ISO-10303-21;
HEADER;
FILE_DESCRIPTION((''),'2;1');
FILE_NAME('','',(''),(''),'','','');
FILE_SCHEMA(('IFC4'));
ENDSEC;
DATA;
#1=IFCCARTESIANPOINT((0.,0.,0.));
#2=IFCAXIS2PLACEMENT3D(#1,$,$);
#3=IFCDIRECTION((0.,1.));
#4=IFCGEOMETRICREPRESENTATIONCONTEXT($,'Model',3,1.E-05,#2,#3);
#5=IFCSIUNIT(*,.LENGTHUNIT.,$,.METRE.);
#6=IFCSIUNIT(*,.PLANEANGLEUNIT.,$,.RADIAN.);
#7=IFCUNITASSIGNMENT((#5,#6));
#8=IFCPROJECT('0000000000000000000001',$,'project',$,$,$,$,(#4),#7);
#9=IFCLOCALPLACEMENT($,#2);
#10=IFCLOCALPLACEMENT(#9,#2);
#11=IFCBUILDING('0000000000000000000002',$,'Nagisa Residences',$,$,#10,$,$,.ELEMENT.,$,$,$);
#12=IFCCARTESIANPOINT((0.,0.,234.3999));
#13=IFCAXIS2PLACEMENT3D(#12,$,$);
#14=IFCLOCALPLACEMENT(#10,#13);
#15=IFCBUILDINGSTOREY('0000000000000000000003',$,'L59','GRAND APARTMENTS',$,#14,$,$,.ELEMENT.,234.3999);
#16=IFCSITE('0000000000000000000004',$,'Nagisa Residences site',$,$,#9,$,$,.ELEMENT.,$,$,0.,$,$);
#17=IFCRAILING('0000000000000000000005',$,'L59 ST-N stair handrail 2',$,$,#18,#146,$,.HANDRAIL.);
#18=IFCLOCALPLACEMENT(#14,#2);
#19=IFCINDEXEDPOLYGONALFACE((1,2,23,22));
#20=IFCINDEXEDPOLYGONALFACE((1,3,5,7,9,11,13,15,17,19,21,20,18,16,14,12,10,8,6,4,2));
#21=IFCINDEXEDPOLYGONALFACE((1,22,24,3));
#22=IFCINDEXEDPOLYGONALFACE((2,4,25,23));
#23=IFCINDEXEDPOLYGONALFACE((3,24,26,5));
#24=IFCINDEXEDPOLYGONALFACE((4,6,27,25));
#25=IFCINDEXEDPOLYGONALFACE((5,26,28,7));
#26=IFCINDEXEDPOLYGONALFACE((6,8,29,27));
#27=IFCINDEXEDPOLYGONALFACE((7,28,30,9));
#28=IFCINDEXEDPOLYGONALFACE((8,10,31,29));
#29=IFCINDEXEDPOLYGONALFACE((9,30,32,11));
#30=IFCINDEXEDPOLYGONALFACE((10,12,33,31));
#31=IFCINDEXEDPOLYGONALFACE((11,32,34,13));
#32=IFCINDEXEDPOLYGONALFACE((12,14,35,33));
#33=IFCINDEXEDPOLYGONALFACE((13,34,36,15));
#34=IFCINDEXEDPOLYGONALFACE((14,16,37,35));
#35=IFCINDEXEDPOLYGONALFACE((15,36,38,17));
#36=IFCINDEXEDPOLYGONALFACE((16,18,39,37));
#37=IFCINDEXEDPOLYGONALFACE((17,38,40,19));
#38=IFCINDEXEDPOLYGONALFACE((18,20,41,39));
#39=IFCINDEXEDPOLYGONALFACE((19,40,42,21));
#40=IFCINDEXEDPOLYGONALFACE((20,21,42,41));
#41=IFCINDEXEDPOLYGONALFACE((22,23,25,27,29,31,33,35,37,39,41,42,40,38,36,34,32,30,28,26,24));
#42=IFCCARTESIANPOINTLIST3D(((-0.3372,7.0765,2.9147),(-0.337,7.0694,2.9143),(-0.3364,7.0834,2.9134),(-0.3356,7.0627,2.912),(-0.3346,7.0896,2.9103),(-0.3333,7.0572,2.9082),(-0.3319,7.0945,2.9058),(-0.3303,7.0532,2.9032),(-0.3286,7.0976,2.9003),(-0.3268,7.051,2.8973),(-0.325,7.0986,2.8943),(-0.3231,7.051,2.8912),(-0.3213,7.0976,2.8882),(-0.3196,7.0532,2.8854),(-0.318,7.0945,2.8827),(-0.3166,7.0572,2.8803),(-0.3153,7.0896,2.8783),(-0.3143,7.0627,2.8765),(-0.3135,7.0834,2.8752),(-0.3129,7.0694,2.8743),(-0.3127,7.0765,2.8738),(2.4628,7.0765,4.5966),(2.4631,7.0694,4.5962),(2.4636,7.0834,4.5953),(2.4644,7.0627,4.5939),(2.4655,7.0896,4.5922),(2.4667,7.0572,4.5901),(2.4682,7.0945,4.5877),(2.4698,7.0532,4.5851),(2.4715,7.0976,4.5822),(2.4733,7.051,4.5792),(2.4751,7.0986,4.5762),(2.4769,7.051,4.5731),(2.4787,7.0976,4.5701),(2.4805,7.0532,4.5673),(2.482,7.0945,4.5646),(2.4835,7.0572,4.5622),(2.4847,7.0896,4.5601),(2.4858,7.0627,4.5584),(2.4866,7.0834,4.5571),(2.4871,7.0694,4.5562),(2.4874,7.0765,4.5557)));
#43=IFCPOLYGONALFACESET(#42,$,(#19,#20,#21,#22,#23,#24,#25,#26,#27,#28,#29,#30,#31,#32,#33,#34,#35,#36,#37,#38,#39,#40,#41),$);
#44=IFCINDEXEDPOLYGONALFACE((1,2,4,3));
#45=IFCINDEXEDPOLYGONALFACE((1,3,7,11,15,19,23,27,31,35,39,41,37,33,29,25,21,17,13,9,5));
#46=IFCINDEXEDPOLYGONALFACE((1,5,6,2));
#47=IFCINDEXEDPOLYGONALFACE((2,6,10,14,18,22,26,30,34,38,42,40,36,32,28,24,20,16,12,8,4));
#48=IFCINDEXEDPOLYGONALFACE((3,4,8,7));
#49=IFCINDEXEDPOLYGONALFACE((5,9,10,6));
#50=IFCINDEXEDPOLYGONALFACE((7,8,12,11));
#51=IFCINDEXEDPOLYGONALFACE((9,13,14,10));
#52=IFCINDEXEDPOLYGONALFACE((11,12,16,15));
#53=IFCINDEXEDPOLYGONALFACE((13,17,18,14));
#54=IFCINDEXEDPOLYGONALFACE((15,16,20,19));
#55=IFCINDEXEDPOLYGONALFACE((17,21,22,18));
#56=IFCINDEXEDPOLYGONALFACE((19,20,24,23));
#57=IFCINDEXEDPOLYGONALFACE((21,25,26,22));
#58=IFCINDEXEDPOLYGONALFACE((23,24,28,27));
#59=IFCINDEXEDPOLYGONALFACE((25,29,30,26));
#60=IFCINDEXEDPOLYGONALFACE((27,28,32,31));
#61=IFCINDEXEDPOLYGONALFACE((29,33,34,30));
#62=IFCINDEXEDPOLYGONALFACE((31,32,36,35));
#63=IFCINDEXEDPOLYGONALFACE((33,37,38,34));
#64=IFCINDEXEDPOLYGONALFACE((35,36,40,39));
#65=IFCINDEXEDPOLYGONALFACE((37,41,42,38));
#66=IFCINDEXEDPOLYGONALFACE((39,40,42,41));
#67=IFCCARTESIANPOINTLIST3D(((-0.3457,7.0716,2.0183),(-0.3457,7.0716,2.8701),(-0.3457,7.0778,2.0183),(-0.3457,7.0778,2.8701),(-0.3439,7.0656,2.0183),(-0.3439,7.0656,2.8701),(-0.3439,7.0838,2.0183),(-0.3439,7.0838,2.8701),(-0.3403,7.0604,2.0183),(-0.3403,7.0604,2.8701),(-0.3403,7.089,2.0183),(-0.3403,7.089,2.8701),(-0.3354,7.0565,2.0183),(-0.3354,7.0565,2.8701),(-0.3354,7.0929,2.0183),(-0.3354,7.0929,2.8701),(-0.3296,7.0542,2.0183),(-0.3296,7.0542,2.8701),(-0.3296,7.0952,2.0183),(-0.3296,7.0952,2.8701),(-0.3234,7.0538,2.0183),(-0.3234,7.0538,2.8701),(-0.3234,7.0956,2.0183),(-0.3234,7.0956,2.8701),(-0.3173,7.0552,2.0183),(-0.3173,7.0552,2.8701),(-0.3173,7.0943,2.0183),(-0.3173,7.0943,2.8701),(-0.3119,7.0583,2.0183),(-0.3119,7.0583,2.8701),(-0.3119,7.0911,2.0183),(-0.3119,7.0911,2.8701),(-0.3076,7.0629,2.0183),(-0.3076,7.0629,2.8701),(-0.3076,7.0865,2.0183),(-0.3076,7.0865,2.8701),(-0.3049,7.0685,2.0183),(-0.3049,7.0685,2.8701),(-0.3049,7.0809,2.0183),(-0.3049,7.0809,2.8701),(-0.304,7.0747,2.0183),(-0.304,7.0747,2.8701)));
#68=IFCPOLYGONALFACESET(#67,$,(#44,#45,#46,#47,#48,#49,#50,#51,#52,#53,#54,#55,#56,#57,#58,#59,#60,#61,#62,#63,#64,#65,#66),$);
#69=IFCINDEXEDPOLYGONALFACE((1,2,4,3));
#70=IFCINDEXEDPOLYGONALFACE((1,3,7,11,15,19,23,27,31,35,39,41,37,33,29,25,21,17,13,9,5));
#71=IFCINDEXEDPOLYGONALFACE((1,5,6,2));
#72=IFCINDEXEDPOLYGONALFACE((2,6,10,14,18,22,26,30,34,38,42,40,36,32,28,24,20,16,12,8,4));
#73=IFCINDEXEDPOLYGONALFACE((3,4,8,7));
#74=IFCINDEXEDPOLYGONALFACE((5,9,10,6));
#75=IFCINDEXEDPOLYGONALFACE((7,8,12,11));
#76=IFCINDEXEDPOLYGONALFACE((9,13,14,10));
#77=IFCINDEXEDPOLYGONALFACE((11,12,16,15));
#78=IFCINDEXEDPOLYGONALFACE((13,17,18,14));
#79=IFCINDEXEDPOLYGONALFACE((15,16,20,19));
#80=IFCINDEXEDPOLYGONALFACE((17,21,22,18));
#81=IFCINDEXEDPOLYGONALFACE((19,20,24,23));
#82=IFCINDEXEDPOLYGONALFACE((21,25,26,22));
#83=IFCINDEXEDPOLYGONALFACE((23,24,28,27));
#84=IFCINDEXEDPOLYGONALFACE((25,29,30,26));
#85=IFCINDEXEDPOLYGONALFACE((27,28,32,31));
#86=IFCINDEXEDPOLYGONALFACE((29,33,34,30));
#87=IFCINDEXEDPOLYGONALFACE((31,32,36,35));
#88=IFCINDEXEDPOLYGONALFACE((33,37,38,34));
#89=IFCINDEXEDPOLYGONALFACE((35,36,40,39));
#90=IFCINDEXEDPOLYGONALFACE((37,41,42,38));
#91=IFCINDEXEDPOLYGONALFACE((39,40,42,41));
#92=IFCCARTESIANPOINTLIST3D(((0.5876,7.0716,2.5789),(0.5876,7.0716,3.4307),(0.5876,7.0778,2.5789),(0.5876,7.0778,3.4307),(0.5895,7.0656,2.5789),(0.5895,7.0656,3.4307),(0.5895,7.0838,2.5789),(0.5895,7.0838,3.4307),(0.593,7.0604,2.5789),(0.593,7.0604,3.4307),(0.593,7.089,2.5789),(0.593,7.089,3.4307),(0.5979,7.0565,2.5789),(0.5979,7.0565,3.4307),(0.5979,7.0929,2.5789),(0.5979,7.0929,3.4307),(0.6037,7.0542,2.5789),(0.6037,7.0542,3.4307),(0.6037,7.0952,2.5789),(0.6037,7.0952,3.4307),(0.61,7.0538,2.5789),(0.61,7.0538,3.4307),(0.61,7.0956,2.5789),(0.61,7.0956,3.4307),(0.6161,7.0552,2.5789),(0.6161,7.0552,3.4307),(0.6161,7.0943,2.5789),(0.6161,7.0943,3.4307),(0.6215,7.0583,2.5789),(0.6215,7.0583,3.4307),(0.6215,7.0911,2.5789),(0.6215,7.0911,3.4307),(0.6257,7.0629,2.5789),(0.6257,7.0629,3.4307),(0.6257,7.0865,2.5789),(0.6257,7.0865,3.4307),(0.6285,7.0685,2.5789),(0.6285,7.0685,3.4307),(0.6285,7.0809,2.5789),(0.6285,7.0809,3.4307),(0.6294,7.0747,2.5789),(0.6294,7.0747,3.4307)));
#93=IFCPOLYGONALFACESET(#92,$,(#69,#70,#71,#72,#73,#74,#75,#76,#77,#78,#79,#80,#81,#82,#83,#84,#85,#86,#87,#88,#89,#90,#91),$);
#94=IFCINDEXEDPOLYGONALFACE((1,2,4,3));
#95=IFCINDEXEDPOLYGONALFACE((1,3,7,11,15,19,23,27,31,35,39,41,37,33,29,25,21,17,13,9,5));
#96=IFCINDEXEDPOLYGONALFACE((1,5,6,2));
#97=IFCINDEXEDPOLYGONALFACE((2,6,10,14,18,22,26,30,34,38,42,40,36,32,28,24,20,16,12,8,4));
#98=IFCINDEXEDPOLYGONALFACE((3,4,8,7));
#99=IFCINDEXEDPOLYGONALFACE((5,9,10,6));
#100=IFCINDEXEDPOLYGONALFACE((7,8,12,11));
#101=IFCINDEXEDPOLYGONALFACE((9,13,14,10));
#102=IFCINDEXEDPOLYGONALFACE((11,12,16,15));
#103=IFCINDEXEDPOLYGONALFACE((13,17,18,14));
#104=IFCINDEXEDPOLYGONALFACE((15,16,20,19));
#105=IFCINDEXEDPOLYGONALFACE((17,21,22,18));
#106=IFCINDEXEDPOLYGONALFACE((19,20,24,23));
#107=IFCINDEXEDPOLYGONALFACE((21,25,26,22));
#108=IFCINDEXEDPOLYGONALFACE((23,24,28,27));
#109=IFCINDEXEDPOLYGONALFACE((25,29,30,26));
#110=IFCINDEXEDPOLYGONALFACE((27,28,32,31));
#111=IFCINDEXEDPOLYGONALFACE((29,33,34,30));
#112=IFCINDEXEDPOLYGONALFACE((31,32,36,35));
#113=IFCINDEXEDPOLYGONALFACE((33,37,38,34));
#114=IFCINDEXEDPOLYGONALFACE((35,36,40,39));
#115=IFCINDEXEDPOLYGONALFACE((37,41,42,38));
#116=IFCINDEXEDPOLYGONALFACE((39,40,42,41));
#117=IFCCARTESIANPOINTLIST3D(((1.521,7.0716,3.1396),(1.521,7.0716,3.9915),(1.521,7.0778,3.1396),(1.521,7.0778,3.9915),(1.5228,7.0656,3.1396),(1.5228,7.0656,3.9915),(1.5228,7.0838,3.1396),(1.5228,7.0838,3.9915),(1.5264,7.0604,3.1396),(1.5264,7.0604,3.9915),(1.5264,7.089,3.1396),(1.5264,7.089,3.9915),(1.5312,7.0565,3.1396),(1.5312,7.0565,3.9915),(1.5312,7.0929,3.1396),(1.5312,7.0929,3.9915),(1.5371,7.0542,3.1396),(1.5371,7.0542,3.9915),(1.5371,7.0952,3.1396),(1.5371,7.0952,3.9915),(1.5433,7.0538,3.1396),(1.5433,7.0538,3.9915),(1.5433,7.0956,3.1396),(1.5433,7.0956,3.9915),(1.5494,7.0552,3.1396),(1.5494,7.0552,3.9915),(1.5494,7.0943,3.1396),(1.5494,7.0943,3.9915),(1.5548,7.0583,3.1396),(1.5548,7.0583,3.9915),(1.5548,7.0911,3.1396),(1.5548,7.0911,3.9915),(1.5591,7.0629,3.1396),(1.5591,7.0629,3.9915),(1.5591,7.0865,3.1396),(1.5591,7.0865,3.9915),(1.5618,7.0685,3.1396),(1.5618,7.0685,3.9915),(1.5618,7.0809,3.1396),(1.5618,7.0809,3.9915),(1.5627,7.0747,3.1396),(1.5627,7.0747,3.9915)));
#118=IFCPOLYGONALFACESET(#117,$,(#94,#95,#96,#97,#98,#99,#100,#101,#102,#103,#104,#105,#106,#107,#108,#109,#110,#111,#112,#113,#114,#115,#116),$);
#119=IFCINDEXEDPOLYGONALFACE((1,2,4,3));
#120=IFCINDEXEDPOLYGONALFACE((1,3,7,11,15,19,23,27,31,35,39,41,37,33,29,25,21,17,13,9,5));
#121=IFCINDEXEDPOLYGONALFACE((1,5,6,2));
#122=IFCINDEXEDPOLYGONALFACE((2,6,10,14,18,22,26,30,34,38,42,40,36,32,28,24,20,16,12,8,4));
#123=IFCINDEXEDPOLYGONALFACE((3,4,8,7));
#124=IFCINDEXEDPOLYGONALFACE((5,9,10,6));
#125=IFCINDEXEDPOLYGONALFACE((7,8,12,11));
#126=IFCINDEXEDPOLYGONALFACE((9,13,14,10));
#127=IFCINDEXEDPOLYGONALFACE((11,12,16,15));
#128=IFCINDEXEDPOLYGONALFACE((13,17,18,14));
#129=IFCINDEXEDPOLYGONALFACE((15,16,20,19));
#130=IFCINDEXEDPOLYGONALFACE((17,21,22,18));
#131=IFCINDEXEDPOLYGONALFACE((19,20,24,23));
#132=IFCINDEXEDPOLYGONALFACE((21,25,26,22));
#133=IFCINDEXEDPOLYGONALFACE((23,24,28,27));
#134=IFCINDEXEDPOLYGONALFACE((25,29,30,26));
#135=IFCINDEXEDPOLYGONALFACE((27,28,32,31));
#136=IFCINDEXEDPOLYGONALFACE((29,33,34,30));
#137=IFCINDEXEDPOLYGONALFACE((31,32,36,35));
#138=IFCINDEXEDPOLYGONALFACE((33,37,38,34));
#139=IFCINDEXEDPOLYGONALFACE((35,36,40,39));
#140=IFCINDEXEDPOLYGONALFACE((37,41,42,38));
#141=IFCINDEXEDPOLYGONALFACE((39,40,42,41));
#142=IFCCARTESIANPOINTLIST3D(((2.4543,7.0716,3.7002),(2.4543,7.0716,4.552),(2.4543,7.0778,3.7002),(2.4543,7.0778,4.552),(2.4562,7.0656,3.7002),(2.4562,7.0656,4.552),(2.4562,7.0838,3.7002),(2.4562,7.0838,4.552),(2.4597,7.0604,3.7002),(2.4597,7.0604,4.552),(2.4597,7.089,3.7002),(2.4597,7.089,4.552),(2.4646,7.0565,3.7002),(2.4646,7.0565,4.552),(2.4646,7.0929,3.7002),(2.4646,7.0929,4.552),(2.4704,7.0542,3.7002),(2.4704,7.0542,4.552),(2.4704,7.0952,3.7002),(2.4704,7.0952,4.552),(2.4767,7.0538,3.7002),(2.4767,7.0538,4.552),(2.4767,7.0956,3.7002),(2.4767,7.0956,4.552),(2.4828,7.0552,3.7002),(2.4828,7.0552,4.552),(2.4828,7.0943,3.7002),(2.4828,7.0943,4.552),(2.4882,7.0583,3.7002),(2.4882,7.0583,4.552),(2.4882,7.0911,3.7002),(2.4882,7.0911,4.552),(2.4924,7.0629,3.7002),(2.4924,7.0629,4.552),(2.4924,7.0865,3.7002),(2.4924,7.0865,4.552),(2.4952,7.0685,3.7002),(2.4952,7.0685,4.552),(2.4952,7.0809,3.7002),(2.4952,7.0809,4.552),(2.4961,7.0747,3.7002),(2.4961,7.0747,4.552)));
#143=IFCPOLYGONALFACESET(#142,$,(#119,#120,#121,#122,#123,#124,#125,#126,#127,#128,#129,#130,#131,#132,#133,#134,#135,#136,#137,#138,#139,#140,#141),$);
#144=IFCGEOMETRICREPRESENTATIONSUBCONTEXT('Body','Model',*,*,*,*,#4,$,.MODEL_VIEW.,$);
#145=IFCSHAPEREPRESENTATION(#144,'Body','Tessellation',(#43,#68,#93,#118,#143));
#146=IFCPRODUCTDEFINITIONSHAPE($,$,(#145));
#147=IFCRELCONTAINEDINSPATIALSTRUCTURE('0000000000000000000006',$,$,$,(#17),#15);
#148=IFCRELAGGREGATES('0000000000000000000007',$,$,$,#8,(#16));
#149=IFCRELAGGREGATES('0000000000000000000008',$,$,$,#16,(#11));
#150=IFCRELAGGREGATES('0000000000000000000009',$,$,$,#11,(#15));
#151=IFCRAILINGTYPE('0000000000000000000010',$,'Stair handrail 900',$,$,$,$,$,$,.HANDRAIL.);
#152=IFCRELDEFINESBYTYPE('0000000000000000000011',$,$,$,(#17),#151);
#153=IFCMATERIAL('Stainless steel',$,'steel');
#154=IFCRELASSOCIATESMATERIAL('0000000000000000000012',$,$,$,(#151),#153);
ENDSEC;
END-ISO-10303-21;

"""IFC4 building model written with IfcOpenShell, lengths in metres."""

from ifc_helpers import new_model, si_unit, direction, frame, origin, origin_2d, place, context, subcontext, project, spatial, circle, extrude, material, type_object, element, save


model = new_model("IFC4")

# Units and contexts
model_context = context("Model", 3, precision=1e-05, world=origin(), true_north=direction((0.0, 1.0)))
body_context = subcontext(model_context, "Body", "Model", "MODEL_VIEW")
ifc_project = project(units=[si_unit("LENGTHUNIT", "METRE"), si_unit("PLANEANGLEUNIT", "RADIAN")], contexts=[model_context])

# Site, building, storey
site_placement = place(None, origin())
site = spatial("IfcSite", under=ifc_project, at=site_placement, Name="Nagisa Residences site", CompositionType="ELEMENT", RefElevation=0.0)
building_placement = place(site_placement, origin())
building = spatial("IfcBuilding", under=site, at=building_placement, Name="Nagisa Residences", CompositionType="ELEMENT")
storey_placement = place(building_placement, frame((0.0, 0.0, 234.3999)))
storey = spatial("IfcBuildingStorey", under=building, at=storey_placement, Name="L59", Description="GRAND APARTMENTS", CompositionType="ELEMENT", Elevation=234.3999)

# Railing
ifc_material_1 = material(Name="Stainless steel", Category="steel")
railing_type = type_object("IfcRailingType", Name="Stair handrail 900", PredefinedType="HANDRAIL", material=ifc_material_1)
railing_placement = place(storey_placement, frame((-0.325, 7.0747, 2.0183)))
element("IfcRailing", 1, at=railing_placement, inside=storey, type_object=railing_type, Name="L59 ST-N stair handrail 2", PredefinedType="HANDRAIL", context=body_context, shape_type="SweptSolid", body=[
    extrude(circle(Radius=0.0239, at=origin_2d()), frame((0.0, 0.0, 0.876), z_axis=(0.857242, 0.0, 0.514913), x_axis=(0.0, 1.0, 0.0)), (0.0, 0.0, 1.0), 3.2664),
    extrude(circle(Radius=0.021, at=origin_2d()), origin(), (0.0, 0.0, 1.0), 0.8518),
    extrude(circle(Radius=0.021, at=origin_2d()), frame((0.9333, 0.0, 0.5605)), (0.0, 0.0, 1.0), 0.8518),
    extrude(circle(Radius=0.021, at=origin_2d()), frame((1.8667, 0.0, 1.1213)), (0.0, 0.0, 1.0), 0.8518),
    extrude(circle(Radius=0.021, at=origin_2d()), frame((2.8, 0.0, 1.6819)), (0.0, 0.0, 1.0), 0.8518),
])

save(model, "model.ifc")
